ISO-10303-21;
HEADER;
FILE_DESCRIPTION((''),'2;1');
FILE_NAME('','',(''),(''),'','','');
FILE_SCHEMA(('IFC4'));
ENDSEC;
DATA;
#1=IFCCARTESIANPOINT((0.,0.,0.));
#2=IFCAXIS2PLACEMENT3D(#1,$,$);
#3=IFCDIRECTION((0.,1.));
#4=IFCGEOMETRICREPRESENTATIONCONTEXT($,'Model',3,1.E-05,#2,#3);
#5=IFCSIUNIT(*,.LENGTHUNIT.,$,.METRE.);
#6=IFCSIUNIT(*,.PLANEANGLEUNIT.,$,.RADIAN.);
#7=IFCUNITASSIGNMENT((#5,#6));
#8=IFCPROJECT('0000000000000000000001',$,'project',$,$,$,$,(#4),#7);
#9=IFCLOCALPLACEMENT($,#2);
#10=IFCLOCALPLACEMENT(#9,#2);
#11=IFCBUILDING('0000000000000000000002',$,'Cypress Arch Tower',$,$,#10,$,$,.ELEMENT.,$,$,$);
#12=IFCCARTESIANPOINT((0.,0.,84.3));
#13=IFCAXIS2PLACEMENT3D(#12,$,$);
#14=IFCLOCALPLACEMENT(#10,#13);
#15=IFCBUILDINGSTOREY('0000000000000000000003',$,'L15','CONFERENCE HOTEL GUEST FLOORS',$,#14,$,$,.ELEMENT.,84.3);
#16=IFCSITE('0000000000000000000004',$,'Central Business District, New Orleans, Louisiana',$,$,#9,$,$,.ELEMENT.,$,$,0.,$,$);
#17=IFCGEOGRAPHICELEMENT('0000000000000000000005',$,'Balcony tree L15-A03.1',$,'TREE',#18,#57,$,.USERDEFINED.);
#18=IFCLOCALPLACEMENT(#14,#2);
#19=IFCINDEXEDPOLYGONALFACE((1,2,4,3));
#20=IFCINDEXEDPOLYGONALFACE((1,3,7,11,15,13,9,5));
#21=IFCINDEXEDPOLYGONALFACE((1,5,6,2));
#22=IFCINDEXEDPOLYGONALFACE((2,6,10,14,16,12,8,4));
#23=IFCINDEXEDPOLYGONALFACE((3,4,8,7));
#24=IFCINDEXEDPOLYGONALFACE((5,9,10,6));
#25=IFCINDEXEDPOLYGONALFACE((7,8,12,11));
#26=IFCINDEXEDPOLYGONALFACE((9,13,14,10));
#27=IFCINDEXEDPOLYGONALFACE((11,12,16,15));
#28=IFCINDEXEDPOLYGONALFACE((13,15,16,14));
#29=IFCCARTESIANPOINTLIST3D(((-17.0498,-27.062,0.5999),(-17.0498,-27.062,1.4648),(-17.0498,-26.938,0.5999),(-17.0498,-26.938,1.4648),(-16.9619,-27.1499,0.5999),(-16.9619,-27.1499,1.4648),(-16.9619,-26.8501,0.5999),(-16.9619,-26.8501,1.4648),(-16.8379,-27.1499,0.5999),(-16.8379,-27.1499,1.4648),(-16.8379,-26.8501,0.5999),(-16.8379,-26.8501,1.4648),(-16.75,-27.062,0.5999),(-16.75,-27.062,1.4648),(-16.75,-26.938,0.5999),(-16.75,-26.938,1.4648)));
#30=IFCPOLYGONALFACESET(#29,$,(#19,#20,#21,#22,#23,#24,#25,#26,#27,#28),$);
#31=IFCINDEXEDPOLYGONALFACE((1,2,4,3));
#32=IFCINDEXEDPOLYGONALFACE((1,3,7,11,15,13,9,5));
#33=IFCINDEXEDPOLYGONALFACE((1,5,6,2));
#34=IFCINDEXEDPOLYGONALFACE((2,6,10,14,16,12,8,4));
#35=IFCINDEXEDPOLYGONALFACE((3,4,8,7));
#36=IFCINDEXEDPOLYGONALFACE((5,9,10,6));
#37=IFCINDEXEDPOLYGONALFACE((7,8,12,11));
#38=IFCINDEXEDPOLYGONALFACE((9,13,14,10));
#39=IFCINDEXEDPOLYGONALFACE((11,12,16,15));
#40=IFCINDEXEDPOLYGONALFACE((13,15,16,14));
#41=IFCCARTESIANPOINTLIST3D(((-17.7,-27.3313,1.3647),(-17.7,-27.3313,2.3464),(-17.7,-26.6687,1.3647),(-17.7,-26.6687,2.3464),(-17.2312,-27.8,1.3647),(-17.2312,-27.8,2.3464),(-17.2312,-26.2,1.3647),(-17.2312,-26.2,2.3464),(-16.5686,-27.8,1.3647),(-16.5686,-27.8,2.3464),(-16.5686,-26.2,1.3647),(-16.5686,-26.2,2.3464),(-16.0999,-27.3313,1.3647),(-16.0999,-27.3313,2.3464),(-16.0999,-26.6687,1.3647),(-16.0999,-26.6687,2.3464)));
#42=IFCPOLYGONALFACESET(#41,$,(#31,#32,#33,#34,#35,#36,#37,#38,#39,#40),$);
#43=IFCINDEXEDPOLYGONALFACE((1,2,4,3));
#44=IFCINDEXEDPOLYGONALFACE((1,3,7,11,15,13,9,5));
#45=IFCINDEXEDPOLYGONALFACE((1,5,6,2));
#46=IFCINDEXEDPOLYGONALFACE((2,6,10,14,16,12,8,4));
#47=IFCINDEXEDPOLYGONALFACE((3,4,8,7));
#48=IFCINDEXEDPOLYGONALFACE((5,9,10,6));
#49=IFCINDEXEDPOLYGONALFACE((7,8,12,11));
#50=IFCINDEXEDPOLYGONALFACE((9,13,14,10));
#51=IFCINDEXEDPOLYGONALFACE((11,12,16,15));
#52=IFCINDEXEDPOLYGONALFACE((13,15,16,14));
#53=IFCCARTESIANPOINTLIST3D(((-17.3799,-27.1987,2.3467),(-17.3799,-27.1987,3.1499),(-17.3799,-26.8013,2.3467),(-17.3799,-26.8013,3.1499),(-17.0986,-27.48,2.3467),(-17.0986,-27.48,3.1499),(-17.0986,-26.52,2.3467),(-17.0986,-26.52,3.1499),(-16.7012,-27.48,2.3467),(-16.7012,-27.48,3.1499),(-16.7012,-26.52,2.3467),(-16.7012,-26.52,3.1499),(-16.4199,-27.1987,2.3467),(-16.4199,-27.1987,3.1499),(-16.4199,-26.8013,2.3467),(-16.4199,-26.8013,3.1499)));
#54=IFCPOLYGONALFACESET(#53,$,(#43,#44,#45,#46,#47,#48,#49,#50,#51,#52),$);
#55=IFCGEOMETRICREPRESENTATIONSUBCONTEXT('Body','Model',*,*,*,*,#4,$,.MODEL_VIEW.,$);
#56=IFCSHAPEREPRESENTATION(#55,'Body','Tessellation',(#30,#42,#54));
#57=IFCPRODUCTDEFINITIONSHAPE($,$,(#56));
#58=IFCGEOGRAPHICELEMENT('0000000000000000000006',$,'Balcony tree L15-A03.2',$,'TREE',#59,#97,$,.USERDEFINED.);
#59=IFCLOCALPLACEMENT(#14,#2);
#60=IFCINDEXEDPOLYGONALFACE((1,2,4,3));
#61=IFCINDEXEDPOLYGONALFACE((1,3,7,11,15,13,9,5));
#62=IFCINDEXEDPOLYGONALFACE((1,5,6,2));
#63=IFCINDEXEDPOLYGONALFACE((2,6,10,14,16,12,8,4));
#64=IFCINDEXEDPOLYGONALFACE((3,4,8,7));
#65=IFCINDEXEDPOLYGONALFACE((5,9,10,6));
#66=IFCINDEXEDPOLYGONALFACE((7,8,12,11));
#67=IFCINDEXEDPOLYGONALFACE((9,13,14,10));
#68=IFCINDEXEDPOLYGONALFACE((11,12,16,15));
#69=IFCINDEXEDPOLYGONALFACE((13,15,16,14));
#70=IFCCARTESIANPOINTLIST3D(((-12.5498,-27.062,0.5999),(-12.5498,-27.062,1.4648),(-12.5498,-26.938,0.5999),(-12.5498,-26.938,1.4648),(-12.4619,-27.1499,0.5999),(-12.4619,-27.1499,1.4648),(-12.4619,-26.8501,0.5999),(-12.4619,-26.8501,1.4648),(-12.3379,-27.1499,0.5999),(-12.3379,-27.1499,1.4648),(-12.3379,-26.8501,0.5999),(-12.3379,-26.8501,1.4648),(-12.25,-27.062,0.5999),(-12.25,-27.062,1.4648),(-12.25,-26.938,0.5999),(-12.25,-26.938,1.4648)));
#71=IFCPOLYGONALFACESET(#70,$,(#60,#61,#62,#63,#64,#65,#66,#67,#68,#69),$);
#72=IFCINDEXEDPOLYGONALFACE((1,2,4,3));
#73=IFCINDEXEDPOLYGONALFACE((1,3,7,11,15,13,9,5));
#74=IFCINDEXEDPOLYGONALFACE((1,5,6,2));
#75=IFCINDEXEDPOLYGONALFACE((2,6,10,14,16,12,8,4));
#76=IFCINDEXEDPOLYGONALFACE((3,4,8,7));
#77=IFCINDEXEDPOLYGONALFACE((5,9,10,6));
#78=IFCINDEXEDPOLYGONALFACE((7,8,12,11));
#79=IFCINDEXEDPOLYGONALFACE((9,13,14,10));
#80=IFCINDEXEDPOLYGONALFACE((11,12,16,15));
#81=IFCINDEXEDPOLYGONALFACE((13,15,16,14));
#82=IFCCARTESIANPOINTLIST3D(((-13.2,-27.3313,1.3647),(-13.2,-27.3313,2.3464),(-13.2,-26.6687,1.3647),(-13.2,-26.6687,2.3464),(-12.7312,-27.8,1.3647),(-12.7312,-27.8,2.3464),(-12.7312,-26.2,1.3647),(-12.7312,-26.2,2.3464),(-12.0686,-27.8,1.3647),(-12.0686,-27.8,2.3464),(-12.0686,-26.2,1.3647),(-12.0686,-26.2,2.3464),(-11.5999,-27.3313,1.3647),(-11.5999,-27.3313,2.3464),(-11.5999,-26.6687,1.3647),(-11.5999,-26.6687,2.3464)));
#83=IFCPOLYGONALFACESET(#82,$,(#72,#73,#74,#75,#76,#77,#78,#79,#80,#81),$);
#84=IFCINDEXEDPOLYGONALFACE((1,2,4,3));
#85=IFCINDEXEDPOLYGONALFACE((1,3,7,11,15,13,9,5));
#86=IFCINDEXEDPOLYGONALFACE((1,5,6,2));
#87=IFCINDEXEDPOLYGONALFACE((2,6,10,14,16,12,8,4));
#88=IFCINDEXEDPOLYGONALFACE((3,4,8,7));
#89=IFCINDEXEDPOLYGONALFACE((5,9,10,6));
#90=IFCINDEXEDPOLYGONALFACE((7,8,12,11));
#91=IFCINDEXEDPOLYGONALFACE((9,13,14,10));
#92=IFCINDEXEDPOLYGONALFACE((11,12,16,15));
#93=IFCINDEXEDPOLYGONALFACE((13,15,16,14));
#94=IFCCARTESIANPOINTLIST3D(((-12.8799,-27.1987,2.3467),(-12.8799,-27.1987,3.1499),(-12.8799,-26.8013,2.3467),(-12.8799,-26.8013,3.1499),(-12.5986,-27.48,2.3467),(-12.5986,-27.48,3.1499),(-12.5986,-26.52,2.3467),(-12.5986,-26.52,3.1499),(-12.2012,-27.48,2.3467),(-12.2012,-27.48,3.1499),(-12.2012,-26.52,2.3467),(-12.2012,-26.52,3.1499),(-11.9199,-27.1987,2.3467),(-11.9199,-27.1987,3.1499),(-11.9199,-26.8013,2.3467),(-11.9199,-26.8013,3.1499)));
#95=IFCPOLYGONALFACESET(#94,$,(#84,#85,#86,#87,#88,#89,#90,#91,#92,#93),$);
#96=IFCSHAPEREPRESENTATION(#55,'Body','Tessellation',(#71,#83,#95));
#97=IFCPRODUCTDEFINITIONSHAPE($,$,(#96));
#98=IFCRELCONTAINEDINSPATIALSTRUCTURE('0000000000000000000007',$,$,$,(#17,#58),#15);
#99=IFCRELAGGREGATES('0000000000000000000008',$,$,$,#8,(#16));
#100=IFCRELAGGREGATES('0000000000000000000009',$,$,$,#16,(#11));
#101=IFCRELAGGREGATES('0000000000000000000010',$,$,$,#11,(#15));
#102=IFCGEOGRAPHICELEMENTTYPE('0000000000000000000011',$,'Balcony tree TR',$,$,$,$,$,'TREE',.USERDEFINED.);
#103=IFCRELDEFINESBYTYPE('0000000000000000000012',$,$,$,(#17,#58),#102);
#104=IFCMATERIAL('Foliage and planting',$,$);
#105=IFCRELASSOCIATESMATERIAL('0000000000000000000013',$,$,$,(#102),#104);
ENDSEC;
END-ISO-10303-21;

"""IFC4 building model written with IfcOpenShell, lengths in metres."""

from ifc_helpers import new_model, si_unit, direction, frame, origin, place, context, subcontext, project, spatial, polyline, outline, extrude, material, type_object, element, save


model = new_model("IFC4")

# Units and contexts
model_context = context("Model", 3, precision=1e-05, world=origin(), true_north=direction((0.0, 1.0)))
body_context = subcontext(model_context, "Body", "Model", "MODEL_VIEW")
ifc_project = project(units=[si_unit("LENGTHUNIT", "METRE"), si_unit("PLANEANGLEUNIT", "RADIAN")], contexts=[model_context])

# Site, building, storey
site_placement = place(None, origin())
site = spatial("IfcSite", under=ifc_project, at=site_placement, Name="Central Business District, New Orleans, Louisiana", CompositionType="ELEMENT", RefElevation=0.0)
building_placement = place(site_placement, origin())
building = spatial("IfcBuilding", under=site, at=building_placement, Name="Cypress Arch Tower", CompositionType="ELEMENT")
storey_placement = place(building_placement, frame((0.0, 0.0, 84.3)))
storey = spatial("IfcBuildingStorey", under=building, at=storey_placement, Name="L15", Description="CONFERENCE HOTEL GUEST FLOORS", CompositionType="ELEMENT", Elevation=84.3)

# Geographic elements
ifc_material_1 = material(Name="Foliage and planting")
geographic_element_type = type_object("IfcGeographicElementType", Name="Balcony tree TR", ElementType="TREE", PredefinedType="USERDEFINED", material=ifc_material_1)
for number, where, z_axis, x_axis, name in (
    (1, (-16.8999, -27.0, 0.5999), (0.0, 0.0, 1.0), (1.0, 0.0, 0.0), "Balcony tree L15-A03.1"),
    (2, (-12.3999, -27.0, 0.5999), (0.0, 0.0, 1.0), (1.0, 0.0, 0.0), "Balcony tree L15-A03.2"),
):
    element("IfcGeographicElement", number, at=place(storey_placement, frame(where, z_axis=z_axis, x_axis=x_axis)), inside=storey, type_object=geographic_element_type, Name=name, ObjectType="TREE", PredefinedType="USERDEFINED", context=body_context, shape_type="SweptSolid", body=[
        extrude(outline(polyline([(0.1499, 0.062), (0.062, 0.1499), (-0.062, 0.1499), (-0.1499, 0.062), (-0.1499, -0.062), (-0.062, -0.1499), (0.062, -0.1499), (0.1499, -0.062), (0.1499, 0.062)])), origin(), (0.0, 0.0, 1.0), 0.865),
        extrude(outline(polyline([(0.8, 0.3313), (0.3313, 0.8), (-0.3313, 0.8), (-0.8, 0.3313), (-0.8, -0.3313), (-0.3313, -0.8), (0.3313, -0.8), (0.8, -0.3313), (0.8, 0.3313)])), frame((0.0, 0.0, 0.7649)), (0.0, 0.0, 1.0), 0.9817),
        extrude(outline(polyline([(0.48, 0.1987), (0.1987, 0.48), (-0.1987, 0.48), (-0.48, 0.1987), (-0.48, -0.1987), (-0.1987, -0.48), (0.1987, -0.48), (0.48, -0.1987), (0.48, 0.1987)])), frame((0.0, 0.0, 1.7468)), (0.0, 0.0, 1.0), 0.8032),
    ])

save(model, "model.ifc")
